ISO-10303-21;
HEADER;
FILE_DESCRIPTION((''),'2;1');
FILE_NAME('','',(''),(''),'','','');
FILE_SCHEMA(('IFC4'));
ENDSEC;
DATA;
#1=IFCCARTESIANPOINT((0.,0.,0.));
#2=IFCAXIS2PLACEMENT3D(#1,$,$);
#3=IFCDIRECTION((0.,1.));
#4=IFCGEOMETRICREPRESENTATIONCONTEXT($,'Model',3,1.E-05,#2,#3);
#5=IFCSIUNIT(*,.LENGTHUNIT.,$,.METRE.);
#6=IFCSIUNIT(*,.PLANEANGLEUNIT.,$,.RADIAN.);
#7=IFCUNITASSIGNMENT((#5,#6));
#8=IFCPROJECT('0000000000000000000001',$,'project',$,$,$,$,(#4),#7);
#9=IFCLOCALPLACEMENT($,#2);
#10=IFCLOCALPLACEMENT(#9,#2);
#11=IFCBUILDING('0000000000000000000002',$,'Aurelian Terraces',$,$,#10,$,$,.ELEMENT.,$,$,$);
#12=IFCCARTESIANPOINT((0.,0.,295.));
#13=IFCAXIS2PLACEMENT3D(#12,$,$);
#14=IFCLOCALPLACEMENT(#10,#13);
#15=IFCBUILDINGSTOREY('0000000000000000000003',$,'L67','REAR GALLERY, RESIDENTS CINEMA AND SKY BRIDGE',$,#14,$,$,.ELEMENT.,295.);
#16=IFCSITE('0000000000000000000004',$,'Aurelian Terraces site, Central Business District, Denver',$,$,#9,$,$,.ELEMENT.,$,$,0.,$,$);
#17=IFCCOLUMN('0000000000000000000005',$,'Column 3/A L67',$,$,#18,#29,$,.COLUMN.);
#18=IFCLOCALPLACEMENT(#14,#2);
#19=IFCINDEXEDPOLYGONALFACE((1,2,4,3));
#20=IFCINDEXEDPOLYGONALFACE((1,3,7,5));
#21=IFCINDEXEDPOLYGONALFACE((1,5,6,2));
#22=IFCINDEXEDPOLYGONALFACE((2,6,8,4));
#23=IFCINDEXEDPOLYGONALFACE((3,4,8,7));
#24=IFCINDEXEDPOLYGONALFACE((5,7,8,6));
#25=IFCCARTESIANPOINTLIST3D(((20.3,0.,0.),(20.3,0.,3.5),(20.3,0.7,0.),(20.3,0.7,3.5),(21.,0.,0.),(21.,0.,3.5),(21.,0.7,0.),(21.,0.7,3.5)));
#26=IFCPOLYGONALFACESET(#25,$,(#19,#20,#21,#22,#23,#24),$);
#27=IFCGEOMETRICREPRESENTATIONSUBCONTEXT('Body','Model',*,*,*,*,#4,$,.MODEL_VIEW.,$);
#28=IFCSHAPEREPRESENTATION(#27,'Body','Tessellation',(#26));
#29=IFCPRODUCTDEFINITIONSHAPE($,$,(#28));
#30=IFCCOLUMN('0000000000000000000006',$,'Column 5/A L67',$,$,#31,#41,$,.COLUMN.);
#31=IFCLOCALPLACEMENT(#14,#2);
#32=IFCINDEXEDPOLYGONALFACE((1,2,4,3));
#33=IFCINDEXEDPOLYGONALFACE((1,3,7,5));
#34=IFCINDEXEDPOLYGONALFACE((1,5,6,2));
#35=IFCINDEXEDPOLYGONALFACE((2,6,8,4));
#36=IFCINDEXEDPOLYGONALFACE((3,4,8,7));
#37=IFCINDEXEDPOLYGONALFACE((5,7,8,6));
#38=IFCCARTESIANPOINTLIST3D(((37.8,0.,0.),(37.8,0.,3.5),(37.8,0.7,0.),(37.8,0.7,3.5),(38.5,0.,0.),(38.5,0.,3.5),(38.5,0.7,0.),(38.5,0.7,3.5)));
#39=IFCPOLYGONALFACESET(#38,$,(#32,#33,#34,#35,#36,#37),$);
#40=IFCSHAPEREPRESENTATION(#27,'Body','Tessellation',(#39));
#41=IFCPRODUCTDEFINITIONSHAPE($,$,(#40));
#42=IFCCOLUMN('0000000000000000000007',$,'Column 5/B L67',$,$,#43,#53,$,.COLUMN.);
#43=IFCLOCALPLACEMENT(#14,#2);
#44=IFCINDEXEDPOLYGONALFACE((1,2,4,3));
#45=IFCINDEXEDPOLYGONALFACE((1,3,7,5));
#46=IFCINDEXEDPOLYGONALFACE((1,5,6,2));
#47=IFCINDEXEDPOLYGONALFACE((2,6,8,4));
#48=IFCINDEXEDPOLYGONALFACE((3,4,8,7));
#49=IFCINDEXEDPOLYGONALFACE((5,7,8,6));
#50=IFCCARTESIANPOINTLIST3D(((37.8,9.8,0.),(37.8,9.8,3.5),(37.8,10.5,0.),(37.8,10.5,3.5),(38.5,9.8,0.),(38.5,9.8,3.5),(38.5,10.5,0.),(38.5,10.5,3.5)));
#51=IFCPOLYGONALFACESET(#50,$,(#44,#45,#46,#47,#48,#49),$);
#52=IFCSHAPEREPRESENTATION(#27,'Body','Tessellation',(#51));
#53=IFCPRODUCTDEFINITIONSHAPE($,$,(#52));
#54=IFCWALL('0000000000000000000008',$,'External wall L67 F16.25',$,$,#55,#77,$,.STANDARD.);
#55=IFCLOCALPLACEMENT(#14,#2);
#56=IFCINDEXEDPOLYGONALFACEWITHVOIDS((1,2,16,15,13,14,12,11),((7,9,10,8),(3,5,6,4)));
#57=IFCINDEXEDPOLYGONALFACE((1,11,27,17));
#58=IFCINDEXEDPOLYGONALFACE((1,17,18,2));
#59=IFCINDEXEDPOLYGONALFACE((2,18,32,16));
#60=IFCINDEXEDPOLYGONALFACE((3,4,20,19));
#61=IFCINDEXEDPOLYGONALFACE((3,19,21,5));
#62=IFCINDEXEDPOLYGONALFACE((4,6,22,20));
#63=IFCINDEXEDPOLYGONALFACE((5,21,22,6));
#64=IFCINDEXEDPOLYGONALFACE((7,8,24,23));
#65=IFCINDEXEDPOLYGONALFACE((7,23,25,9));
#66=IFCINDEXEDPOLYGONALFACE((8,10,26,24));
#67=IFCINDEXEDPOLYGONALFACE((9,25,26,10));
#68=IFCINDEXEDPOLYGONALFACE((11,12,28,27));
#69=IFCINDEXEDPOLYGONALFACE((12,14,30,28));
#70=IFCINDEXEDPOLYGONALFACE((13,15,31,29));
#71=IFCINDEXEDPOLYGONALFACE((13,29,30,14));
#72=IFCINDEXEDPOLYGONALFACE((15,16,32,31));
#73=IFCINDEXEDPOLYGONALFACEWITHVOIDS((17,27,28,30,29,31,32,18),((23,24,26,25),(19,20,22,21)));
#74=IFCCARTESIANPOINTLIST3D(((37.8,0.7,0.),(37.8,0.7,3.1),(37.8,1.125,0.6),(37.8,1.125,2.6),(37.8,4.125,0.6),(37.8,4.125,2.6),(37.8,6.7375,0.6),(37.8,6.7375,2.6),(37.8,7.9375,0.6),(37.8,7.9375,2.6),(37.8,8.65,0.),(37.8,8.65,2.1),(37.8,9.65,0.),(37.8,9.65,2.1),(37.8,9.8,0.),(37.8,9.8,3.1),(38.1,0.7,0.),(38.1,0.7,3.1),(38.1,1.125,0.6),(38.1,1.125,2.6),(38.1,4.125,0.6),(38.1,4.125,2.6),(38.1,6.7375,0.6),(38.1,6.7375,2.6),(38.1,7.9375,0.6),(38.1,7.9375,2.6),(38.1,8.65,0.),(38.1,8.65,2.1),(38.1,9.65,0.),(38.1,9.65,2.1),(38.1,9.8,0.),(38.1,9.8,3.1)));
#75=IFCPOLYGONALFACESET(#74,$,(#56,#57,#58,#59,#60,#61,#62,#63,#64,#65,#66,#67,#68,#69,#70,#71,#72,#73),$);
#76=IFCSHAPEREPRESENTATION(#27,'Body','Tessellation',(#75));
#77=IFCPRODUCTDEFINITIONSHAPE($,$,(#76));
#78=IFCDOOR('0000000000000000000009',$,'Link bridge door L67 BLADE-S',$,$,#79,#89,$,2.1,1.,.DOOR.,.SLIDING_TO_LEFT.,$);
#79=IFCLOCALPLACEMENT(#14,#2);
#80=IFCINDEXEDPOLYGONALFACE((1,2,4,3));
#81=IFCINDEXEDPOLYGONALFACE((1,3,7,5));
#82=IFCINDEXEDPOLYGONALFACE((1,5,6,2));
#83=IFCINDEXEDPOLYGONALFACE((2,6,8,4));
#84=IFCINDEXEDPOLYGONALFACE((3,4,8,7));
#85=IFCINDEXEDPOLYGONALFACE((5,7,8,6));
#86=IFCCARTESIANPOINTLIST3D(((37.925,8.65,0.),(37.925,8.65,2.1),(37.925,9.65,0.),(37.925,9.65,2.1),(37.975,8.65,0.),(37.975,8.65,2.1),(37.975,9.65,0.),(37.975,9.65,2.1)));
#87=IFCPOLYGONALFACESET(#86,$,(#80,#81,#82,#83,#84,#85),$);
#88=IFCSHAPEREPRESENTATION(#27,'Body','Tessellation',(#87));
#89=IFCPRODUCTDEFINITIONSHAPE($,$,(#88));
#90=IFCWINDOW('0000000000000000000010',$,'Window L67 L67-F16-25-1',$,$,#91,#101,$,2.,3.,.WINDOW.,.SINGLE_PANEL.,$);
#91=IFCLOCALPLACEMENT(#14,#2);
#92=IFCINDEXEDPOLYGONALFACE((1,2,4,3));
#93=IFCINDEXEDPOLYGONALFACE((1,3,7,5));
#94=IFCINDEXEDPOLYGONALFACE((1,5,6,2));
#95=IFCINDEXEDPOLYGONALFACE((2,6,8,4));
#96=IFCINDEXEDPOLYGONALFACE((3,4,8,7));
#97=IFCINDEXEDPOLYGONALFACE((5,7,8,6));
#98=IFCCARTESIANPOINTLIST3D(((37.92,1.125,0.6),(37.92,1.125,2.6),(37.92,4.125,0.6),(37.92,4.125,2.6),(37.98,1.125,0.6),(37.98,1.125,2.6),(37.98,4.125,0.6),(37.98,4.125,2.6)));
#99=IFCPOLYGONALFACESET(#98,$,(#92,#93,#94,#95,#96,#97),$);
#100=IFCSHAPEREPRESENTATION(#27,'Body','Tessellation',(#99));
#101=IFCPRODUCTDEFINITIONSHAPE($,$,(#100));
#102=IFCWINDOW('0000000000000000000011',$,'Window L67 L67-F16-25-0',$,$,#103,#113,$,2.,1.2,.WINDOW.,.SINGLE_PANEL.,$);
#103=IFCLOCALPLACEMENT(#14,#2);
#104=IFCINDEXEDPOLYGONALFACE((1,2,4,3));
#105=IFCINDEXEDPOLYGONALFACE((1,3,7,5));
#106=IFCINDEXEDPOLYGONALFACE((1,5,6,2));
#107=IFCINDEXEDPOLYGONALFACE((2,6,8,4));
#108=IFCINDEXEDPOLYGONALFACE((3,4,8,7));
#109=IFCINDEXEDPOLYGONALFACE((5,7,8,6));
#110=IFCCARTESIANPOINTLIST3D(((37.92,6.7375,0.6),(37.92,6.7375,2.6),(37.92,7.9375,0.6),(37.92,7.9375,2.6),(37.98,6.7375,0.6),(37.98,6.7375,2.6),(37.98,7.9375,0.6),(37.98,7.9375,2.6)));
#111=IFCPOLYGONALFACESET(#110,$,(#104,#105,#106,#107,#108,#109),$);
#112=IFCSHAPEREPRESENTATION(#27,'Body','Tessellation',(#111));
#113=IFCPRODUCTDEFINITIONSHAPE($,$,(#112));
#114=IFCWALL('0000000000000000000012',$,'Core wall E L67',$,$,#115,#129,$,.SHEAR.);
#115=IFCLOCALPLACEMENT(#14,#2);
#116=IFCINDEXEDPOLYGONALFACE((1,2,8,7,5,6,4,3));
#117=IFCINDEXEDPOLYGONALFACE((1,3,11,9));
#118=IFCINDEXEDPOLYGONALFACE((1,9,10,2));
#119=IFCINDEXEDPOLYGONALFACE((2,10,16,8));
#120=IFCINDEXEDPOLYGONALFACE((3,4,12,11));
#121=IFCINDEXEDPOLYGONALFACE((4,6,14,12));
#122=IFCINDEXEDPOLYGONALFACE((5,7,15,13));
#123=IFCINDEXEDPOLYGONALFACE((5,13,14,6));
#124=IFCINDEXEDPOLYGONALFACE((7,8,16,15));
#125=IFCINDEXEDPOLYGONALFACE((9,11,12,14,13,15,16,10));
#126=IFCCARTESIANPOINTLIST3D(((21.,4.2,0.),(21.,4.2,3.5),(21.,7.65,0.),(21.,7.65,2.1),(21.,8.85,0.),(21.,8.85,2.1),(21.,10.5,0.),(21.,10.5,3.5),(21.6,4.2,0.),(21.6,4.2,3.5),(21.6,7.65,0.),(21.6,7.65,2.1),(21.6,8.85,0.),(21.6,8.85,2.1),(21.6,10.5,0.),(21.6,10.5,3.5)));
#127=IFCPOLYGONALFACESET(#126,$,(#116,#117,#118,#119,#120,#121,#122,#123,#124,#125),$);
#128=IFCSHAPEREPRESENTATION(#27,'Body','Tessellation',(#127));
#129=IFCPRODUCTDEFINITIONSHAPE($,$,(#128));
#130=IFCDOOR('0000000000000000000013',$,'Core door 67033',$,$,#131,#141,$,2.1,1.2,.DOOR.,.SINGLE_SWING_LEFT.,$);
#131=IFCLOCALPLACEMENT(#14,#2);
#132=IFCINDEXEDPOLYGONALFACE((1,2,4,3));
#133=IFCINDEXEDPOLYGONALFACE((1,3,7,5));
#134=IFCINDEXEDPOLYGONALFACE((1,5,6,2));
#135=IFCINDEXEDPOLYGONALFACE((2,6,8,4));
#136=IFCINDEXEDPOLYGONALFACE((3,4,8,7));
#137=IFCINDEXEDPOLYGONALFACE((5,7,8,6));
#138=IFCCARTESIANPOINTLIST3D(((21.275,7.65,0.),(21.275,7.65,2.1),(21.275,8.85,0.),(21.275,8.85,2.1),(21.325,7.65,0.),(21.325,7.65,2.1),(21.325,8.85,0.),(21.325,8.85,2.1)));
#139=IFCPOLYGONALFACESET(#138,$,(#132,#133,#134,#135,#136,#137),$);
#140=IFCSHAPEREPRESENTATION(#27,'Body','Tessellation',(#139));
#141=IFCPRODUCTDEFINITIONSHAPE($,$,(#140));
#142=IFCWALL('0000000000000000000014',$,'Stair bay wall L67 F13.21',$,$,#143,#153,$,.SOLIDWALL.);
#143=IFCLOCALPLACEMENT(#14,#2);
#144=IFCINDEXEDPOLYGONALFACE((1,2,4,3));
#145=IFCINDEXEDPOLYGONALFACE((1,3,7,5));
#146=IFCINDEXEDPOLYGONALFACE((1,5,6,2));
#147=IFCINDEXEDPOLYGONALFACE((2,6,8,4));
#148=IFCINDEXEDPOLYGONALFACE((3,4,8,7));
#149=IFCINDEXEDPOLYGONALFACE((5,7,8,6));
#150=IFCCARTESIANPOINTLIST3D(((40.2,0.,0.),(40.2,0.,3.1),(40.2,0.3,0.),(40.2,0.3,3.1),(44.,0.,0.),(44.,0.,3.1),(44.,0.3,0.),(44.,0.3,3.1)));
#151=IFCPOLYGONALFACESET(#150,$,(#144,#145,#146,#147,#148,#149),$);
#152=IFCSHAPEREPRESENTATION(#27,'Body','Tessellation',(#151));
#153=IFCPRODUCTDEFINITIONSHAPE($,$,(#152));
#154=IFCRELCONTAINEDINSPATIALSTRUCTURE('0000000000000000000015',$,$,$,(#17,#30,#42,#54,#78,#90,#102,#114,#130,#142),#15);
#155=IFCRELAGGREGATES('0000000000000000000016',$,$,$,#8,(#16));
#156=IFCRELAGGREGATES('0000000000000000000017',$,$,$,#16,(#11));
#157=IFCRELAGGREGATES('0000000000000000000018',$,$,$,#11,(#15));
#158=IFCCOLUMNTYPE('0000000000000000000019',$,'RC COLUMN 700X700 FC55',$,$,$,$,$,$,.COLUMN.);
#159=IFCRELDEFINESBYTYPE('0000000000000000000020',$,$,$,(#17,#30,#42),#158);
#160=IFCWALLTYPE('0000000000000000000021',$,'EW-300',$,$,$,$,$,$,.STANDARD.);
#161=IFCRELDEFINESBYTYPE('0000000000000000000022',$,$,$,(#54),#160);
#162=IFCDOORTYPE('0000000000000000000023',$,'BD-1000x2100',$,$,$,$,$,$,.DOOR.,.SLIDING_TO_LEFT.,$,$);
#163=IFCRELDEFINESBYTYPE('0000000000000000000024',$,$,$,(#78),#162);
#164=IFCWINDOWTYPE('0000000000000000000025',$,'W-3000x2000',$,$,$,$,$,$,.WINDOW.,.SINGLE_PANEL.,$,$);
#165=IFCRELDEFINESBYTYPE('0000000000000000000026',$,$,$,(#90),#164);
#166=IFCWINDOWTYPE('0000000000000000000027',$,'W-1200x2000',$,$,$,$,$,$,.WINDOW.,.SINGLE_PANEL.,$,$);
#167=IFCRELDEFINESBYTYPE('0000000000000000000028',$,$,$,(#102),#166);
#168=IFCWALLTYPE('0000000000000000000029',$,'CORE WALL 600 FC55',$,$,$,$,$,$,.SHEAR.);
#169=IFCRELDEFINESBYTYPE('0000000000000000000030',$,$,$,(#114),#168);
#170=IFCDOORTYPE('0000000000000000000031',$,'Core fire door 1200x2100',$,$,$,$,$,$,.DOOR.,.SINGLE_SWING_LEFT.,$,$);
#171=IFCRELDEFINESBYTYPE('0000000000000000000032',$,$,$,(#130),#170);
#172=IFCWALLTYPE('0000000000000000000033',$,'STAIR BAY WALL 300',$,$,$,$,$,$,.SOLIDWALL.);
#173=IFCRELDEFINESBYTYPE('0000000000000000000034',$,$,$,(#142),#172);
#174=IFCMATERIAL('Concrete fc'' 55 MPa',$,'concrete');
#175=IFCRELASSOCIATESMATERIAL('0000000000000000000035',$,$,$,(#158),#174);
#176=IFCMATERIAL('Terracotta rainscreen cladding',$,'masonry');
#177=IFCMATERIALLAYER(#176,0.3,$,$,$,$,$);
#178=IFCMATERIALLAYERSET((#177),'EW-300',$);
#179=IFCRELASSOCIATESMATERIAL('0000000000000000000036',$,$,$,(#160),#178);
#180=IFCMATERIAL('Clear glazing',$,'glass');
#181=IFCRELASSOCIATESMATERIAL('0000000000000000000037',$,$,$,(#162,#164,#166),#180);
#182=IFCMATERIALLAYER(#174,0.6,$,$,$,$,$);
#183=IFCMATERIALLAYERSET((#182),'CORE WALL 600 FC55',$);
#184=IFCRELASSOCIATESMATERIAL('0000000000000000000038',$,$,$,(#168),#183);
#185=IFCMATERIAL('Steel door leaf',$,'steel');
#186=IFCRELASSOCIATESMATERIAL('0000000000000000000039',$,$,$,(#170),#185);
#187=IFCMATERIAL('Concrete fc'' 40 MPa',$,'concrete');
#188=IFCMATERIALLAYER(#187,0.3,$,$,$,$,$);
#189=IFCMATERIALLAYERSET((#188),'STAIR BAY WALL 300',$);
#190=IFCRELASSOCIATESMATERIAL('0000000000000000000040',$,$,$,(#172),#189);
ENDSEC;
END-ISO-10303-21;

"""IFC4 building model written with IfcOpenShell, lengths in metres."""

from ifc_helpers import new_model, si_unit, direction, frame, frame_2d, origin, origin_2d, place, context, subcontext, project, spatial, rectangle, extrude, source, transform, mapped, material, layer, layer_set, material_profile, profile_set, type_object, element, fill, save


model = new_model("IFC4")

# Units and contexts
model_context = context("Model", 3, precision=1e-05, world=origin(), true_north=direction((0.0, 1.0)))
body_context = subcontext(model_context, "Body", "Model", "MODEL_VIEW")
ifc_project = project(units=[si_unit("LENGTHUNIT", "METRE"), si_unit("PLANEANGLEUNIT", "RADIAN")], contexts=[model_context])

# Site, building, storey
site_placement = place(None, origin())
site = spatial("IfcSite", under=ifc_project, at=site_placement, Name="Aurelian Terraces site, Central Business District, Denver", CompositionType="ELEMENT", RefElevation=0.0)
building_placement = place(site_placement, origin())
building = spatial("IfcBuilding", under=site, at=building_placement, Name="Aurelian Terraces", CompositionType="ELEMENT")
storey_placement = place(building_placement, frame((0.0, 0.0, 295.0)))
storey = spatial("IfcBuildingStorey", under=building, at=storey_placement, Name="L67", Description="REAR GALLERY, RESIDENTS CINEMA AND SKY BRIDGE", CompositionType="ELEMENT", Elevation=295.0)

# Columns
ifc_material_1 = material(Name="Concrete fc' 55 MPa", Category="concrete")
ifc_material_profile = material_profile(ifc_material_1, rectangle(XDim=0.7, YDim=0.7, at=origin_2d()))
ifc_profile_set = profile_set([ifc_material_profile], Name="Concrete fc' 55 MPa")
column_type = type_object("IfcColumnType", Name="RC COLUMN 700X700 FC55", PredefinedType="COLUMN", material=ifc_profile_set)
shared_shape_1 = source(origin(), body_context, "Body", "SweptSolid", [
    extrude(rectangle(XDim=0.7, YDim=0.7, at=origin_2d()), origin(), (0.0, 0.0, 1.0), 3.5),
])
for number, where, z_axis, x_axis, name in (
    (1, (20.65, 0.35, 0.0), (0.0, 0.0, 1.0), (1.0, 0.0, 0.0), "Column 3/A L67"),
    (2, (38.15, 0.35, 0.0), (0.0, 0.0, 1.0), (1.0, 0.0, 0.0), "Column 5/A L67"),
    (3, (38.15, 10.15, 0.0), (0.0, 0.0, 1.0), (1.0, 0.0, 0.0), "Column 5/B L67"),
):
    element("IfcColumn", number, at=place(storey_placement, frame(where, z_axis=z_axis, x_axis=x_axis)), inside=storey, type_object=column_type, Name=name, PredefinedType="COLUMN", context=body_context, shape_type="MappedRepresentation", body=[
        mapped(shared_shape_1, transform((0.0, 0.0, 0.0), scale=1.0)),
    ])

# Wall, openings, door, windows
ifc_material_2 = material(Name="Terracotta rainscreen cladding", Category="masonry")
ifc_layer_1 = layer(ifc_material_2, 0.3)
ifc_layer_set_1 = layer_set([ifc_layer_1], Name="EW-300")
wall_type_1 = type_object("IfcWallType", Name="EW-300", PredefinedType="STANDARD", material=ifc_layer_set_1)
wall_1_placement = place(storey_placement, frame((37.95, 9.8, 0.0), z_axis=(0.0, 0.0, 1.0), x_axis=(0.0, -1.0, 0.0)))
wall_1 = element("IfcWall", 4, at=wall_1_placement, inside=storey, type_object=wall_type_1, Name="External wall L67 F16.25", PredefinedType="STANDARD", context=body_context, shape_type="SweptSolid", body=[
    extrude(rectangle(XDim=9.1, YDim=0.3, at=frame_2d((4.55, 0.0))), origin(), (0.0, 0.0, 1.0), 3.1),
])
shared_shape_2 = source(origin(), body_context, "Body", "SweptSolid", [
    extrude(rectangle(XDim=1.2, YDim=2.0, at=frame_2d((0.6, 1.0))), frame((0.0, 0.16, 0.0), z_axis=(0.0, -1.0, 0.0), x_axis=(1.0, 0.0, 0.0)), (0.0, 0.0, 1.0), 0.32),
])
opening_1_placement = place(wall_1_placement, frame((1.8625, 0.0, 0.6)))
opening_1 = element("IfcOpeningElement", 5, at=opening_1_placement, cuts=wall_1, PredefinedType="OPENING", context=body_context, shape_type="MappedRepresentation", body=[
    mapped(shared_shape_2, transform((0.0, 0.0, 0.0), scale=1.0)),
])
shared_shape_3 = source(origin(), body_context, "Body", "SweptSolid", [
    extrude(rectangle(XDim=3.0, YDim=2.0, at=frame_2d((1.5, 1.0))), frame((0.0, 0.16, 0.0), z_axis=(0.0, -1.0, 0.0), x_axis=(1.0, 0.0, 0.0)), (0.0, 0.0, 1.0), 0.32),
])
opening_2_placement = place(wall_1_placement, frame((5.675, 0.0, 0.6)))
opening_2 = element("IfcOpeningElement", 6, at=opening_2_placement, cuts=wall_1, PredefinedType="OPENING", context=body_context, shape_type="MappedRepresentation", body=[
    mapped(shared_shape_3, transform((0.0, 0.0, 0.0), scale=1.0)),
])
opening_3_placement = place(wall_1_placement, frame((0.15, 0.0, 0.0)))
opening_3 = element("IfcOpeningElement", 7, at=opening_3_placement, cuts=wall_1, PredefinedType="OPENING", context=body_context, shape_type="SweptSolid", body=[
    extrude(rectangle(XDim=1.0, YDim=2.1, at=frame_2d((0.5, 1.05))), frame((0.0, 0.16, 0.0), z_axis=(0.0, -1.0, 0.0), x_axis=(1.0, 0.0, 0.0)), (0.0, 0.0, 1.0), 0.32),
])
ifc_material_3 = material(Name="Clear glazing", Category="glass")
door_type_1 = type_object("IfcDoorType", Name="BD-1000x2100", OperationType="SLIDING_TO_LEFT", PredefinedType="DOOR", material=ifc_material_3)
door_1_placement = place(opening_3_placement, origin())
door_1 = element("IfcDoor", 8, at=door_1_placement, inside=storey, type_object=door_type_1, Name="Link bridge door L67 BLADE-S", OperationType="SLIDING_TO_LEFT", OverallHeight=2.1, OverallWidth=1.0, PredefinedType="DOOR", context=body_context, shape_type="SweptSolid", body=[
    extrude(rectangle(XDim=1.0, YDim=2.1, at=frame_2d((0.5, 1.05))), frame((0.0, 0.025, 0.0), z_axis=(0.0, -1.0, 0.0), x_axis=(1.0, 0.0, 0.0)), (0.0, 0.0, 1.0), 0.05),
])
fill(opening_3, door_1)
window_type_1 = type_object("IfcWindowType", Name="W-3000x2000", PartitioningType="SINGLE_PANEL", PredefinedType="WINDOW", material=ifc_material_3)
shared_shape_4 = source(origin(), body_context, "Body", "SweptSolid", [
    extrude(rectangle(XDim=3.0, YDim=2.0, at=frame_2d((1.5, 1.0))), frame((0.0, 0.03, 0.0), z_axis=(0.0, -1.0, 0.0), x_axis=(1.0, 0.0, 0.0)), (0.0, 0.0, 1.0), 0.06),
])
window_1_placement = place(opening_2_placement, origin())
window_1 = element("IfcWindow", 9, at=window_1_placement, inside=storey, type_object=window_type_1, Name="Window L67 L67-F16-25-1", OverallHeight=2.0, OverallWidth=3.0, PartitioningType="SINGLE_PANEL", PredefinedType="WINDOW", context=body_context, shape_type="MappedRepresentation", body=[
    mapped(shared_shape_4, transform((0.0, 0.0, 0.0), scale=1.0)),
])
fill(opening_2, window_1)
window_type_2 = type_object("IfcWindowType", Name="W-1200x2000", PartitioningType="SINGLE_PANEL", PredefinedType="WINDOW", material=ifc_material_3)
shared_shape_5 = source(origin(), body_context, "Body", "SweptSolid", [
    extrude(rectangle(XDim=1.2, YDim=2.0, at=frame_2d((0.6, 1.0))), frame((0.0, 0.03, 0.0), z_axis=(0.0, -1.0, 0.0), x_axis=(1.0, 0.0, 0.0)), (0.0, 0.0, 1.0), 0.06),
])
window_2_placement = place(opening_1_placement, origin())
window_2 = element("IfcWindow", 10, at=window_2_placement, inside=storey, type_object=window_type_2, Name="Window L67 L67-F16-25-0", OverallHeight=2.0, OverallWidth=1.2, PartitioningType="SINGLE_PANEL", PredefinedType="WINDOW", context=body_context, shape_type="MappedRepresentation", body=[
    mapped(shared_shape_5, transform((0.0, 0.0, 0.0), scale=1.0)),
])
fill(opening_1, window_2)

# Wall, opening, door
ifc_layer_2 = layer(ifc_material_1, 0.6)
ifc_layer_set_2 = layer_set([ifc_layer_2], Name="CORE WALL 600 FC55")
wall_type_2 = type_object("IfcWallType", Name="CORE WALL 600 FC55", PredefinedType="SHEAR", material=ifc_layer_set_2)
shared_shape_6 = source(origin(), body_context, "Body", "SweptSolid", [
    extrude(rectangle(XDim=6.3, YDim=0.6, at=frame_2d((3.15, 0.0))), origin(), (0.0, 0.0, 1.0), 3.5),
])
wall_2_placement = place(storey_placement, frame((21.3, 4.2, 0.0), z_axis=(0.0, 0.0, 1.0), x_axis=(0.0, 1.0, 0.0)))
wall_2 = element("IfcWall", 11, at=wall_2_placement, inside=storey, type_object=wall_type_2, Name="Core wall E L67", PredefinedType="SHEAR", context=body_context, shape_type="MappedRepresentation", body=[
    mapped(shared_shape_6, transform((0.0, 0.0, 0.0), scale=1.0)),
])
shared_shape_7 = source(origin(), body_context, "Body", "SweptSolid", [
    extrude(rectangle(XDim=1.2, YDim=2.1, at=frame_2d((0.6, 1.05))), frame((0.0, 0.31, 0.0), z_axis=(0.0, -1.0, 0.0), x_axis=(1.0, 0.0, 0.0)), (0.0, 0.0, 1.0), 0.62),
])
opening_4_placement = place(wall_2_placement, frame((3.45, 0.0, 0.0)))
opening_4 = element("IfcOpeningElement", 12, at=opening_4_placement, cuts=wall_2, PredefinedType="OPENING", context=body_context, shape_type="MappedRepresentation", body=[
    mapped(shared_shape_7, transform((0.0, 0.0, 0.0), scale=1.0)),
])
ifc_material_4 = material(Name="Steel door leaf", Category="steel")
door_type_2 = type_object("IfcDoorType", Name="Core fire door 1200x2100", OperationType="SINGLE_SWING_LEFT", PredefinedType="DOOR", material=ifc_material_4)
shared_shape_8 = source(origin(), body_context, "Body", "SweptSolid", [
    extrude(rectangle(XDim=1.2, YDim=2.1, at=frame_2d((0.6, 1.05))), frame((0.0, 0.025, 0.0), z_axis=(0.0, -1.0, 0.0), x_axis=(1.0, 0.0, 0.0)), (0.0, 0.0, 1.0), 0.05),
])
door_2_placement = place(opening_4_placement, origin())
door_2 = element("IfcDoor", 13, at=door_2_placement, inside=storey, type_object=door_type_2, Name="Core door 67033", OperationType="SINGLE_SWING_LEFT", OverallHeight=2.1, OverallWidth=1.2, PredefinedType="DOOR", context=body_context, shape_type="MappedRepresentation", body=[
    mapped(shared_shape_8, transform((0.0, 0.0, 0.0), scale=1.0)),
])
fill(opening_4, door_2)

# Wall
ifc_material_5 = material(Name="Concrete fc' 40 MPa", Category="concrete")
ifc_layer_3 = layer(ifc_material_5, 0.3)
ifc_layer_set_3 = layer_set([ifc_layer_3], Name="STAIR BAY WALL 300")
wall_type_3 = type_object("IfcWallType", Name="STAIR BAY WALL 300", PredefinedType="SOLIDWALL", material=ifc_layer_set_3)
shared_shape_9 = source(origin(), body_context, "Body", "SweptSolid", [
    extrude(rectangle(XDim=3.8, YDim=0.3, at=frame_2d((1.9, 0.0))), origin(), (0.0, 0.0, 1.0), 3.1),
])
wall_3_placement = place(storey_placement, frame((40.2, 0.15, 0.0), z_axis=(0.0, 0.0, 1.0), x_axis=(1.0, 0.0, 0.0)))
element("IfcWall", 14, at=wall_3_placement, inside=storey, type_object=wall_type_3, Name="Stair bay wall L67 F13.21", PredefinedType="SOLIDWALL", context=body_context, shape_type="MappedRepresentation", body=[
    mapped(shared_shape_9, transform((0.0, 0.0, 0.0), scale=1.0)),
])

save(model, "model.ifc")
